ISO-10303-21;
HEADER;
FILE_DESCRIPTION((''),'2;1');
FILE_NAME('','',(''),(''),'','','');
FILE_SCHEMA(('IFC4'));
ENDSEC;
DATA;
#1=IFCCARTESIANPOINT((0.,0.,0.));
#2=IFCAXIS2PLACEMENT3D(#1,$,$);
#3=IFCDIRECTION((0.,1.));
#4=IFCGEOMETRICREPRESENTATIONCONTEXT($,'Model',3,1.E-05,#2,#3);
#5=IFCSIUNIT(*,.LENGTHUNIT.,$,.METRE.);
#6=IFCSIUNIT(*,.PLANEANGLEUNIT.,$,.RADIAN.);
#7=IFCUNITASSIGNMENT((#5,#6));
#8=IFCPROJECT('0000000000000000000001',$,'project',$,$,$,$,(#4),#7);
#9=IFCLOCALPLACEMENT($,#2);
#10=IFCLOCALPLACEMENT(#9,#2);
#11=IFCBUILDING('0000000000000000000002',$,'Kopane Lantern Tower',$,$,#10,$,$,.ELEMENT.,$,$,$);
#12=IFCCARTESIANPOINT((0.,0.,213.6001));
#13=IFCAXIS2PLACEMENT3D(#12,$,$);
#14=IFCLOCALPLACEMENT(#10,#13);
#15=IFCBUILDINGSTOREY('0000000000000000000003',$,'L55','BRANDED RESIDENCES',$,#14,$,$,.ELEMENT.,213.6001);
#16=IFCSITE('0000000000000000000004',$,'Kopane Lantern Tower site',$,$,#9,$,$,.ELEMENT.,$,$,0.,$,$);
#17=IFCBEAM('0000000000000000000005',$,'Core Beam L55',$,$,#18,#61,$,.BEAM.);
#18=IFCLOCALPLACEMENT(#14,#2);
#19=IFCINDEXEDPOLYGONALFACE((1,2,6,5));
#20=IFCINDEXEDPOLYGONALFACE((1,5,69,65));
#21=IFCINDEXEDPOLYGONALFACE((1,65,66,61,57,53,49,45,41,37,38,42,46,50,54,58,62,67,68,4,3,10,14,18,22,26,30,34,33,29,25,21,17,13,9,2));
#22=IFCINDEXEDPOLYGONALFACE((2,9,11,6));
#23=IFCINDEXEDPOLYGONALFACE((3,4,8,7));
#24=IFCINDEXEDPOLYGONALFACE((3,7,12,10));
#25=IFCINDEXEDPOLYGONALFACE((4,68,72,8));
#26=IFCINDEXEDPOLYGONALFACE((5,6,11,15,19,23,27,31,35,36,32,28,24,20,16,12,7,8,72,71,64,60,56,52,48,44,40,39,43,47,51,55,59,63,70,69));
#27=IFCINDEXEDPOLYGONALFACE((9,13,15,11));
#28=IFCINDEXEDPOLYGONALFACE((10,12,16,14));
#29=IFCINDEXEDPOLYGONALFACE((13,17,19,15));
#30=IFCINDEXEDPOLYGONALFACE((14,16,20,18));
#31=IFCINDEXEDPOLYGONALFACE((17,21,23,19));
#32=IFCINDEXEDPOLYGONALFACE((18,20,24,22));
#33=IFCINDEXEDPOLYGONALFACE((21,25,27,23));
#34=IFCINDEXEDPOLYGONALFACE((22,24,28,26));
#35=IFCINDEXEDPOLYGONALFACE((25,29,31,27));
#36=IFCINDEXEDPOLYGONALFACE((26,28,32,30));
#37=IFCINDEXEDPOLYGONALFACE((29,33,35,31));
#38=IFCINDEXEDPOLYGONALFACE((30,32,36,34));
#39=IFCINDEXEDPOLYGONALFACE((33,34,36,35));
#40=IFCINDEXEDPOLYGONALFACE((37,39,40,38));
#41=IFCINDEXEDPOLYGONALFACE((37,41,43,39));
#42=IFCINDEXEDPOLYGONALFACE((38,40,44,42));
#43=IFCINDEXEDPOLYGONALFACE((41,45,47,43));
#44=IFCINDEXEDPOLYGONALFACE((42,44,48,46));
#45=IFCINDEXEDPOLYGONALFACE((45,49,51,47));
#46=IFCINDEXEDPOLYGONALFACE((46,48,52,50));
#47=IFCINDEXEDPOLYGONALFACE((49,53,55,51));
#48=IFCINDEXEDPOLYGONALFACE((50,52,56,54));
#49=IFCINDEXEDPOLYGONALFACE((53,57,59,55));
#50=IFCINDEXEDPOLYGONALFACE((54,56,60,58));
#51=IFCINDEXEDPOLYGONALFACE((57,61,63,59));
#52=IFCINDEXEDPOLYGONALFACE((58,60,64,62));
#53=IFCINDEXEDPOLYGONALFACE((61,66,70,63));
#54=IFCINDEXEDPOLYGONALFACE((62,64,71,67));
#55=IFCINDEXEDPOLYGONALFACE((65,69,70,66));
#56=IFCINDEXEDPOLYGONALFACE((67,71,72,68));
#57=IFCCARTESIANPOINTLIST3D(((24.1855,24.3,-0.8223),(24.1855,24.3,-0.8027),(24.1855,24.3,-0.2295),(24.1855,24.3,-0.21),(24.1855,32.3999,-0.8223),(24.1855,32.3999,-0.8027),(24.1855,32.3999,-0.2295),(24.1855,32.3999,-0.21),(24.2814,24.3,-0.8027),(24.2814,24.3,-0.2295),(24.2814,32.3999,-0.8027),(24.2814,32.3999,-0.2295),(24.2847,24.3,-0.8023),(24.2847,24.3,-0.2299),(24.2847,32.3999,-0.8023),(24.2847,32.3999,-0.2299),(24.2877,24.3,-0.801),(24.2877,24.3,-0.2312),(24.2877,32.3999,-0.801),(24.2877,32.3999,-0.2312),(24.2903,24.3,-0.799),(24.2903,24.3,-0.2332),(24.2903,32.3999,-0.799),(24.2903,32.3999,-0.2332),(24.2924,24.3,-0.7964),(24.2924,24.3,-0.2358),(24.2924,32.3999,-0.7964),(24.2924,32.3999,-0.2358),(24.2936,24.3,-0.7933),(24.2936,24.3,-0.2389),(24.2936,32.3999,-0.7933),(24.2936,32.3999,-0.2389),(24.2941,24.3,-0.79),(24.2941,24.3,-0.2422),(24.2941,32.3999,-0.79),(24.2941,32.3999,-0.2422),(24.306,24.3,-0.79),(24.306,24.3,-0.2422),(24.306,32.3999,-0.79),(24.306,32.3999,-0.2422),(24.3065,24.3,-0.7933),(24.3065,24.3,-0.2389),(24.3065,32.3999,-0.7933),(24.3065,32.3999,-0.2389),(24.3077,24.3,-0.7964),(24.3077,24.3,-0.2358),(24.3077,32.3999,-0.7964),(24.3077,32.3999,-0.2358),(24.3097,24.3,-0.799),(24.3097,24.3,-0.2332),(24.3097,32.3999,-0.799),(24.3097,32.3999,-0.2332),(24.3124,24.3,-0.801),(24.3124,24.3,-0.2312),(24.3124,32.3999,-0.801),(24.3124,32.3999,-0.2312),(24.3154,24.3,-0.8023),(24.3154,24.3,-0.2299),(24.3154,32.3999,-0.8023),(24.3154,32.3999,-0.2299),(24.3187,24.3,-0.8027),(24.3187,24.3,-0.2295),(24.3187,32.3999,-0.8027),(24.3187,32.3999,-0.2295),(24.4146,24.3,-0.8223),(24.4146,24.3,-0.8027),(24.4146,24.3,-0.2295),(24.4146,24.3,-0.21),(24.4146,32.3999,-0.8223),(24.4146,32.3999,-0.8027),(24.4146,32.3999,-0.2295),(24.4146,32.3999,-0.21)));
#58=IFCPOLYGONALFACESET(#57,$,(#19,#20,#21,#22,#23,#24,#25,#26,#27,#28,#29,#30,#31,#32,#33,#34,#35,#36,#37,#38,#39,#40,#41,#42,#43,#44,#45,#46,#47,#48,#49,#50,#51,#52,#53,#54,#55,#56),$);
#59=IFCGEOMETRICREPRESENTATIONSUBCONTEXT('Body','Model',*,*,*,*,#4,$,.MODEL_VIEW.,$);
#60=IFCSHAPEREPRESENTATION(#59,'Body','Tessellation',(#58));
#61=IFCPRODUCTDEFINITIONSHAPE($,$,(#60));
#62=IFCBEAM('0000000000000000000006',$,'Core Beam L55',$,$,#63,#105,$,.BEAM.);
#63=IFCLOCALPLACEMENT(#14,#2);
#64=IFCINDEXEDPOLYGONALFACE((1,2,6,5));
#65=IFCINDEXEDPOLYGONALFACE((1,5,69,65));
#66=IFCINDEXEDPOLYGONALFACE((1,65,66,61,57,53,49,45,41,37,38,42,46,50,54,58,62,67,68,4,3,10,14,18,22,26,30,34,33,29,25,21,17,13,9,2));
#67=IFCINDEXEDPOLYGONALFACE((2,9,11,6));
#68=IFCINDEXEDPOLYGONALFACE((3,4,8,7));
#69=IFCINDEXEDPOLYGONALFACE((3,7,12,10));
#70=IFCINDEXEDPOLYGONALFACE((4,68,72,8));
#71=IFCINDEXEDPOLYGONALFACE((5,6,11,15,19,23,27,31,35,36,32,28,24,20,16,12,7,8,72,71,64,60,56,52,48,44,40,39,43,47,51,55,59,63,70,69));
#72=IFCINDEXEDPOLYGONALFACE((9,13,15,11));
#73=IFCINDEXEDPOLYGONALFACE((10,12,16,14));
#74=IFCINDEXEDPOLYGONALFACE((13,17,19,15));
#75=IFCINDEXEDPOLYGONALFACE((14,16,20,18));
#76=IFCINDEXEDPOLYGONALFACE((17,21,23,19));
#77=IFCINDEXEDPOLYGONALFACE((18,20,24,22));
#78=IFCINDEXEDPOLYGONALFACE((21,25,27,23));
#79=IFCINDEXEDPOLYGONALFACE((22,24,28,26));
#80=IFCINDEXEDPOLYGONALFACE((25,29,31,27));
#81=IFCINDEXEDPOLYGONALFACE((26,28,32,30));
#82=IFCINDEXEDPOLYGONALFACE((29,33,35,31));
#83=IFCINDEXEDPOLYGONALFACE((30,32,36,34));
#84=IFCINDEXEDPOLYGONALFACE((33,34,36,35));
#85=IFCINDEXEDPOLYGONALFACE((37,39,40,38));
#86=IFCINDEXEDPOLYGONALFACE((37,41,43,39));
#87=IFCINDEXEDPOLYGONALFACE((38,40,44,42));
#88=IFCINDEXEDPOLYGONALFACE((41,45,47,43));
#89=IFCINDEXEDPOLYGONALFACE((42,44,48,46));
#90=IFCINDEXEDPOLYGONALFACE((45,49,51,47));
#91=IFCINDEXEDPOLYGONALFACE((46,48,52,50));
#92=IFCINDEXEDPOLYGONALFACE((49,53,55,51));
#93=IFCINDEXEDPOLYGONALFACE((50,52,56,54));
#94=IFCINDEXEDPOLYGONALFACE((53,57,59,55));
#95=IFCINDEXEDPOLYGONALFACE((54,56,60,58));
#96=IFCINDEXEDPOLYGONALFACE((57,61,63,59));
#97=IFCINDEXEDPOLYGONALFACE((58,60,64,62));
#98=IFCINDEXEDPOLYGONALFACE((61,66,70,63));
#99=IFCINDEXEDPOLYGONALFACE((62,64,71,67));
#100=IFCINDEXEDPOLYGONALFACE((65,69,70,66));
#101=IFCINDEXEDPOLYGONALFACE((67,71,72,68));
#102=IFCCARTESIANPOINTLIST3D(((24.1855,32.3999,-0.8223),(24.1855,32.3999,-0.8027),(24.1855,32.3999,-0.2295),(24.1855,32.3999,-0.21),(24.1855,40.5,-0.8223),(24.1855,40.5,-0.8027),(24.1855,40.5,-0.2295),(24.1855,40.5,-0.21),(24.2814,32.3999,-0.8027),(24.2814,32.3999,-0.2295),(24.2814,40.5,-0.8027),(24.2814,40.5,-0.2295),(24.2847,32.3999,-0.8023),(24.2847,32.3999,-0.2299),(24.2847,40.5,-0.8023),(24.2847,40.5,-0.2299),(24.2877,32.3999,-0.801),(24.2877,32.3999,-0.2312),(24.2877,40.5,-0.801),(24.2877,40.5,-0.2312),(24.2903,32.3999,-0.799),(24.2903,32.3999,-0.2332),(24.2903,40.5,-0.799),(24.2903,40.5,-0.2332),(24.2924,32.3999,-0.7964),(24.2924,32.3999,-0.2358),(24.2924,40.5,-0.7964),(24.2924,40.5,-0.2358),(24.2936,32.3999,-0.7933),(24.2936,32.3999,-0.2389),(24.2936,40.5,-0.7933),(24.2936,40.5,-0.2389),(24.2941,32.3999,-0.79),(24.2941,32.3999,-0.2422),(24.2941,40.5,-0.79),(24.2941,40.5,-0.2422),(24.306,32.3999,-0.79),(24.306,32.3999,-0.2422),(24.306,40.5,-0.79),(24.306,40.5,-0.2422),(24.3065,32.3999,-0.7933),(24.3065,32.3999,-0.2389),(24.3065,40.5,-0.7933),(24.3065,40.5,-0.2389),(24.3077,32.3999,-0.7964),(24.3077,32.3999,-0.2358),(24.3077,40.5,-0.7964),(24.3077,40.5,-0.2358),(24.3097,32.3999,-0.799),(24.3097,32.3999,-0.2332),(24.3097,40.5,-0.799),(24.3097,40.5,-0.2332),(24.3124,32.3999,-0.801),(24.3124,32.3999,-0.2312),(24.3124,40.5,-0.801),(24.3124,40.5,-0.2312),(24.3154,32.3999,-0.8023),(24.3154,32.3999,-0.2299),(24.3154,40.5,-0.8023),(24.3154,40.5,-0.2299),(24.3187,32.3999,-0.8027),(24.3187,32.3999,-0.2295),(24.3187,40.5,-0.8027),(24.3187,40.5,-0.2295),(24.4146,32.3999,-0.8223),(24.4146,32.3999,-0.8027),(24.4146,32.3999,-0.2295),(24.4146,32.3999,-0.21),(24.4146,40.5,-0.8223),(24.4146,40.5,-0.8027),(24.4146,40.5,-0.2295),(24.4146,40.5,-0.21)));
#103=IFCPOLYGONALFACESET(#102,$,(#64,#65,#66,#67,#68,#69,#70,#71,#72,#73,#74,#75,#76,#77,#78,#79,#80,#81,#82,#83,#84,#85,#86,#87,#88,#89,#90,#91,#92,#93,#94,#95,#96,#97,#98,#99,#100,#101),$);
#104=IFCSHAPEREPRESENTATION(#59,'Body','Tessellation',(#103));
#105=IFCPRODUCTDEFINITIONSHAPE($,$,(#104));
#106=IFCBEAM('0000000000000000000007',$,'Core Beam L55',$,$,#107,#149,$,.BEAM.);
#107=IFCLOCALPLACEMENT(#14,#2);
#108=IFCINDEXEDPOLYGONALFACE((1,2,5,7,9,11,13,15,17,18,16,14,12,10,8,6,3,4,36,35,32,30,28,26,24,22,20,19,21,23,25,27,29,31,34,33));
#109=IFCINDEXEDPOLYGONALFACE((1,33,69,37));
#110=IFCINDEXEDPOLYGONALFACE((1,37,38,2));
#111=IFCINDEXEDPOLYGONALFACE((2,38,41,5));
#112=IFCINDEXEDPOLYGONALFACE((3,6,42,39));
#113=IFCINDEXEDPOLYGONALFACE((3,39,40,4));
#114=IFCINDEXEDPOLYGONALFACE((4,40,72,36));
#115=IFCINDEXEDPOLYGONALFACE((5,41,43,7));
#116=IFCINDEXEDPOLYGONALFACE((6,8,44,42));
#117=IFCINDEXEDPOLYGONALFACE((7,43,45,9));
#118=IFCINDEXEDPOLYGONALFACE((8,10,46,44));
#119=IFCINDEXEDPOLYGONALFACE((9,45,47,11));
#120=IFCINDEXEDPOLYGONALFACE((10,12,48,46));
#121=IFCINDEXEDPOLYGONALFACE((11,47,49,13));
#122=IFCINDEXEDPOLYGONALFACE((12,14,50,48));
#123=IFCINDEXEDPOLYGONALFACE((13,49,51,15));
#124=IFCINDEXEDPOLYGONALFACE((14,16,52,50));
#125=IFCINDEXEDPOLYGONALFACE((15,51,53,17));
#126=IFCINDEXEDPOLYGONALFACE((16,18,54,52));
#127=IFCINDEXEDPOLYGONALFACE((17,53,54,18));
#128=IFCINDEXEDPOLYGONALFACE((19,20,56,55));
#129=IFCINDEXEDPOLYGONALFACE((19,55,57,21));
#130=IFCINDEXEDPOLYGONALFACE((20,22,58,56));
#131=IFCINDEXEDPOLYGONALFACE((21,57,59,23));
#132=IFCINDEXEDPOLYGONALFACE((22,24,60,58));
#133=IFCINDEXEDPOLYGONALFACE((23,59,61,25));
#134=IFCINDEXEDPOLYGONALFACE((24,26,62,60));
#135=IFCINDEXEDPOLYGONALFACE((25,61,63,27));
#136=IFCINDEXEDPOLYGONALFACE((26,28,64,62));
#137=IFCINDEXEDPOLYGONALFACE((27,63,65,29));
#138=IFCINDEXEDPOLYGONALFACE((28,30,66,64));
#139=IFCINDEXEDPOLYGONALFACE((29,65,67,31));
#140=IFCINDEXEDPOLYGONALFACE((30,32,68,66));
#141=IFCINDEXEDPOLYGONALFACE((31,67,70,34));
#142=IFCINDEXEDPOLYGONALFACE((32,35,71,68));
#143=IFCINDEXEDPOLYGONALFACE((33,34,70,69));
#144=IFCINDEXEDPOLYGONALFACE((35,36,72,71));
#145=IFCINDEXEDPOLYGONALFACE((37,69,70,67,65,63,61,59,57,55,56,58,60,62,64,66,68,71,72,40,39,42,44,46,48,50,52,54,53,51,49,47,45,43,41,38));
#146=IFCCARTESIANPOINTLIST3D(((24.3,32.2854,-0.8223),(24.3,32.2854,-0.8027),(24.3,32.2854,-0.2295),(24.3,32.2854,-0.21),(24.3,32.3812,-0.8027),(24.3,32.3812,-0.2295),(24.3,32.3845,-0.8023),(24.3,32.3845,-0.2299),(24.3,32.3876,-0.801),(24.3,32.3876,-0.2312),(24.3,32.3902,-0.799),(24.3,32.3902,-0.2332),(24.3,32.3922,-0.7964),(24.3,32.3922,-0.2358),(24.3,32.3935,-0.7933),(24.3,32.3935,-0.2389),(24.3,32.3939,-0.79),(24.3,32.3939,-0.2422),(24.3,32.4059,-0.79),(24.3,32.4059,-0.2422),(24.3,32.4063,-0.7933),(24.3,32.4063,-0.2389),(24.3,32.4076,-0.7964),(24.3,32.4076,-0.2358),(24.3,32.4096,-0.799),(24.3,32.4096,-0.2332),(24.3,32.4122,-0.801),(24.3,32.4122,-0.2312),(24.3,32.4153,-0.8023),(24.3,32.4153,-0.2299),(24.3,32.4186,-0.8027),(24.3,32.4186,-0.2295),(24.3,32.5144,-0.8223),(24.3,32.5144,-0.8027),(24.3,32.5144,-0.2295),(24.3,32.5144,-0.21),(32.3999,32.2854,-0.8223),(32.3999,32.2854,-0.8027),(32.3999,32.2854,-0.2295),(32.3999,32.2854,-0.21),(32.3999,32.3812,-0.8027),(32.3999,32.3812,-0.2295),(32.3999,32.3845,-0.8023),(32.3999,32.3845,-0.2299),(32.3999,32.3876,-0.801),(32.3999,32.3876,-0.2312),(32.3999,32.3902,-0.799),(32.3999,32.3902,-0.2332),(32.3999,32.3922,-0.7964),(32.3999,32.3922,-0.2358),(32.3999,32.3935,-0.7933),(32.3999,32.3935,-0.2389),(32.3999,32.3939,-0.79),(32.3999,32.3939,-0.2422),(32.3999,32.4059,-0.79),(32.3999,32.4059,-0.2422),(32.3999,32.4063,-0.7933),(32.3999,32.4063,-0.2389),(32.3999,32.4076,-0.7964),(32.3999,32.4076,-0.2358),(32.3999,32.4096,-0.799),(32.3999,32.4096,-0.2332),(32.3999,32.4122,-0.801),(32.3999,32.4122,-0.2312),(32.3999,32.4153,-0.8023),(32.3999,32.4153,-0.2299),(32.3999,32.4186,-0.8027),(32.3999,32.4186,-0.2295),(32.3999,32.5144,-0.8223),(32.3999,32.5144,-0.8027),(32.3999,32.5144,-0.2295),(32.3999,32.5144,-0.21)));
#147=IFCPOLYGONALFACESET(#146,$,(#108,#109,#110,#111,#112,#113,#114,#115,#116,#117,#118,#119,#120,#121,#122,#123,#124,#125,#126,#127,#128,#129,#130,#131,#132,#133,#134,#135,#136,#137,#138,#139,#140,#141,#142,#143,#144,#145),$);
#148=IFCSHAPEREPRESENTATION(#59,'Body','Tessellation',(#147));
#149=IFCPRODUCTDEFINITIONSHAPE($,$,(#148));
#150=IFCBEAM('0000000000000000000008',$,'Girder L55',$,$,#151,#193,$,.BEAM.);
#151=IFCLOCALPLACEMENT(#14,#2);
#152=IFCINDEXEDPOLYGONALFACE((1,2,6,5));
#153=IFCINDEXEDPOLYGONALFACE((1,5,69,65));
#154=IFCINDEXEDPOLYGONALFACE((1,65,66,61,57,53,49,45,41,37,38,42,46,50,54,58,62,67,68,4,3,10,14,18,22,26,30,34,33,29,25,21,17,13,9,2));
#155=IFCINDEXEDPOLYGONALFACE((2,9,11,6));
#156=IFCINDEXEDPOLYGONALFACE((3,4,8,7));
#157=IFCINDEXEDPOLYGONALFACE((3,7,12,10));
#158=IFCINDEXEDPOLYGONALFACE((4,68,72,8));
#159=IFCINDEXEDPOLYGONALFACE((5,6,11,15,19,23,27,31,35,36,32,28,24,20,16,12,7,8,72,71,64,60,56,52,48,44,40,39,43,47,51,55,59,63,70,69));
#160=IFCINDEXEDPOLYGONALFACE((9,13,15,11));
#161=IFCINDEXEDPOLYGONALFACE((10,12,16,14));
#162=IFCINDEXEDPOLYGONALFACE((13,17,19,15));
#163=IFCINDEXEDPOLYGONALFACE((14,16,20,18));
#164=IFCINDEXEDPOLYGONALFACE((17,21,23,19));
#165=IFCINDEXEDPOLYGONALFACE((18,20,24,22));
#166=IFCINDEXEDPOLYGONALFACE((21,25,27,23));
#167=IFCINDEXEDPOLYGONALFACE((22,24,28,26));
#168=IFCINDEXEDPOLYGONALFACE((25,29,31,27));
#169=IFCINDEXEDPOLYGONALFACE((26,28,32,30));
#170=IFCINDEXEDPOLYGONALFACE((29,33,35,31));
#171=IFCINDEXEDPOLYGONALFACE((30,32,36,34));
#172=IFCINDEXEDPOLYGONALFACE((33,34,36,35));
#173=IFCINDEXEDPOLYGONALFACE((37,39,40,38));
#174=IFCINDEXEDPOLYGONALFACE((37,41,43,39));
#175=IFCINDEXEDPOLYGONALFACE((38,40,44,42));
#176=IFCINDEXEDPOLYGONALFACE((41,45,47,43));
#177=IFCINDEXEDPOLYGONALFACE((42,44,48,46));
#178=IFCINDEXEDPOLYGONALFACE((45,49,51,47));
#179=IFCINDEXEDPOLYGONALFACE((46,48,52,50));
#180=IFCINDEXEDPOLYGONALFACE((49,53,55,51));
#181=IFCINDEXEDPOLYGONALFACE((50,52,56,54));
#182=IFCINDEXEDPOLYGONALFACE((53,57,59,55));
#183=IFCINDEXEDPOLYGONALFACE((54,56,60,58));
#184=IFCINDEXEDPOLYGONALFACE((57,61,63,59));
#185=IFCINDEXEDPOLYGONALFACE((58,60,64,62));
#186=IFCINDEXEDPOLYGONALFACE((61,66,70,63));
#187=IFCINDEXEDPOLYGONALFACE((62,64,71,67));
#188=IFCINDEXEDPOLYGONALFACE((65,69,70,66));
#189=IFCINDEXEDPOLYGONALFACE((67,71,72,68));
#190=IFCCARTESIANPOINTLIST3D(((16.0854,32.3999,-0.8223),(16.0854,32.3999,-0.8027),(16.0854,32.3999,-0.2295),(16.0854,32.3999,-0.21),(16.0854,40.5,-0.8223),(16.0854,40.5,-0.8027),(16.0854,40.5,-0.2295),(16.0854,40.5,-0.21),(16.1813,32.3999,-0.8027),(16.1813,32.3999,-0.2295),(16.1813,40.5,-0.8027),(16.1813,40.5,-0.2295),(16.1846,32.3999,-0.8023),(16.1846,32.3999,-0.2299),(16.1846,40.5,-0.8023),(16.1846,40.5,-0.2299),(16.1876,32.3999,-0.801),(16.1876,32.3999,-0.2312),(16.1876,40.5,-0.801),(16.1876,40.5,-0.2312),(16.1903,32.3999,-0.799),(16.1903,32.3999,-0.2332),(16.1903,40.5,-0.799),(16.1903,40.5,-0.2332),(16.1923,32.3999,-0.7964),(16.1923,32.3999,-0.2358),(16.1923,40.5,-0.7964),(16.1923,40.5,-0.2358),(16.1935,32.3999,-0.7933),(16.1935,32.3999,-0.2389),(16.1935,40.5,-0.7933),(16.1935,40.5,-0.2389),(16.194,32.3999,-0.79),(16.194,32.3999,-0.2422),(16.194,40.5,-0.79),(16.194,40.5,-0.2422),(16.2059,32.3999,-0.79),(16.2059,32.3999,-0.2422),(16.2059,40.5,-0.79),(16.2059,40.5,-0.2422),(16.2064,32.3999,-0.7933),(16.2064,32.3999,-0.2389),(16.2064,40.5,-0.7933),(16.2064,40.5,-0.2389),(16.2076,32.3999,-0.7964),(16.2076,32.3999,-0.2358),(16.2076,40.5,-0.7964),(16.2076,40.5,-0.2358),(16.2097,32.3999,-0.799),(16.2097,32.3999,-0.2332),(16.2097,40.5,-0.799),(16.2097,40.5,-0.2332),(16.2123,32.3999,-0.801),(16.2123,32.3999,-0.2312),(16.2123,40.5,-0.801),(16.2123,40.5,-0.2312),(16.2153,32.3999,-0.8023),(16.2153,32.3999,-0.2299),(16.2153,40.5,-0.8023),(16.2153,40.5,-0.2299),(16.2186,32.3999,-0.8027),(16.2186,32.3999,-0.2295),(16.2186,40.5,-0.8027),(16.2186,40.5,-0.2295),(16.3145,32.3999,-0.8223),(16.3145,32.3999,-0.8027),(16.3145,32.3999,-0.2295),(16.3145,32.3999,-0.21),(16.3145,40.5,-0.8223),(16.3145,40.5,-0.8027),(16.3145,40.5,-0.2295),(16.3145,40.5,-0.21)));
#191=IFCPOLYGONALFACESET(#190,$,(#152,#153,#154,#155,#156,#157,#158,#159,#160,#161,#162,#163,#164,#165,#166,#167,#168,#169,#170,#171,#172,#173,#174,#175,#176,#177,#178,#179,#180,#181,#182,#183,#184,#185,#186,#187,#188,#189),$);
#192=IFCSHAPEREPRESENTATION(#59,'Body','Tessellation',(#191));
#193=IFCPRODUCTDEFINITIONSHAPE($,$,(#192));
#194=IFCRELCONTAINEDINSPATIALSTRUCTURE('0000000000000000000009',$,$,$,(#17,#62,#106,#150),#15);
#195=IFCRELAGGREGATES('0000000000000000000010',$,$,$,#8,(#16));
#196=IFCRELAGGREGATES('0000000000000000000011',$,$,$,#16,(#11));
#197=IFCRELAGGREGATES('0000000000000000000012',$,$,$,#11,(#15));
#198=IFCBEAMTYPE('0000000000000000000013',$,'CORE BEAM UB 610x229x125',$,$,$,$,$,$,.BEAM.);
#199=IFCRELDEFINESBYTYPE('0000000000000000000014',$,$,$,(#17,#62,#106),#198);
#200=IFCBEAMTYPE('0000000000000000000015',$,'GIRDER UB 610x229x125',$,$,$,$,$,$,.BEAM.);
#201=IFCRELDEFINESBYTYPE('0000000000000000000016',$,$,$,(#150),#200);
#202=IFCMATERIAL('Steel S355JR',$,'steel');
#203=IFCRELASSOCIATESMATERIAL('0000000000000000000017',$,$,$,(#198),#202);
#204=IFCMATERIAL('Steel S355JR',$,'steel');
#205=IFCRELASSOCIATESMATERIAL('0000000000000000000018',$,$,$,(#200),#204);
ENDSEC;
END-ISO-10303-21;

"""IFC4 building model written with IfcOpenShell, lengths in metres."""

from ifc_helpers import new_model, si_unit, direction, frame, origin, origin_2d, place, context, subcontext, project, spatial, i_section, extrude, material, material_profile, profile_set, type_object, element, save


model = new_model("IFC4")

# Units and contexts
model_context = context("Model", 3, precision=1e-05, world=origin(), true_north=direction((0.0, 1.0)))
body_context = subcontext(model_context, "Body", "Model", "MODEL_VIEW")
ifc_project = project(units=[si_unit("LENGTHUNIT", "METRE"), si_unit("PLANEANGLEUNIT", "RADIAN")], contexts=[model_context])

# Site, building, storey
site_placement = place(None, origin())
site = spatial("IfcSite", under=ifc_project, at=site_placement, Name="Kopane Lantern Tower site", CompositionType="ELEMENT", RefElevation=0.0)
building_placement = place(site_placement, origin())
building = spatial("IfcBuilding", under=site, at=building_placement, Name="Kopane Lantern Tower", CompositionType="ELEMENT")
storey_placement = place(building_placement, frame((0.0, 0.0, 213.6001)))
storey = spatial("IfcBuildingStorey", under=building, at=storey_placement, Name="L55", Description="BRANDED RESIDENCES", CompositionType="ELEMENT", Elevation=213.6001)

# Beams
ifc_material_1 = material(Name="Steel S355JR", Category="steel")
ifc_material_profile_1 = material_profile(ifc_material_1, i_section(OverallWidth=0.229, OverallDepth=0.6123, WebThickness=0.012, FlangeThickness=0.0195, FilletRadius=0.0127, at=origin_2d()), Name="UB 610x229x125")
ifc_profile_set_1 = profile_set([ifc_material_profile_1], Name="Steel S355JR")
beam_type_1 = type_object("IfcBeamType", Name="CORE BEAM UB 610x229x125", PredefinedType="BEAM", material=ifc_profile_set_1)
beam_1_placement = place(storey_placement, frame((24.3, 24.3, -0.5161), z_axis=(0.0, 1.0, 0.0), x_axis=(-1.0, 0.0, 0.0)))
element("IfcBeam", 1, at=beam_1_placement, inside=storey, type_object=beam_type_1, Name="Core Beam L55", PredefinedType="BEAM", context=body_context, shape_type="SweptSolid", body=[
    extrude(i_section(OverallWidth=0.229, OverallDepth=0.6123, WebThickness=0.012, FlangeThickness=0.0195, FilletRadius=0.0127, at=origin_2d()), origin(), (0.0, 0.0, 1.0), 8.0999),
])
beam_2_placement = place(storey_placement, frame((24.3, 32.3999, -0.5161), z_axis=(0.0, 1.0, 0.0), x_axis=(-1.0, 0.0, 0.0)))
element("IfcBeam", 2, at=beam_2_placement, inside=storey, type_object=beam_type_1, Name="Core Beam L55", PredefinedType="BEAM", context=body_context, shape_type="SweptSolid", body=[
    extrude(i_section(OverallWidth=0.229, OverallDepth=0.6123, WebThickness=0.012, FlangeThickness=0.0195, FilletRadius=0.0127, at=origin_2d()), origin(), (0.0, 0.0, 1.0), 8.1001),
])
beam_3_placement = place(storey_placement, frame((24.3, 32.3999, -0.5161), z_axis=(1.0, 0.0, 0.0), x_axis=(0.0, 1.0, 0.0)))
element("IfcBeam", 3, at=beam_3_placement, inside=storey, type_object=beam_type_1, Name="Core Beam L55", PredefinedType="BEAM", context=body_context, shape_type="SweptSolid", body=[
    extrude(i_section(OverallWidth=0.229, OverallDepth=0.6123, WebThickness=0.012, FlangeThickness=0.0195, FilletRadius=0.0127, at=origin_2d()), origin(), (0.0, 0.0, 1.0), 8.0999),
])
ifc_material_2 = material(Name="Steel S355JR", Category="steel")
ifc_material_profile_2 = material_profile(ifc_material_2, i_section(OverallWidth=0.229, OverallDepth=0.6123, WebThickness=0.012, FlangeThickness=0.0195, FilletRadius=0.0127, at=origin_2d()), Name="UB 610x229x125")
ifc_profile_set_2 = profile_set([ifc_material_profile_2], Name="Steel S355JR")
beam_type_2 = type_object("IfcBeamType", Name="GIRDER UB 610x229x125", PredefinedType="BEAM", material=ifc_profile_set_2)
beam_4_placement = place(storey_placement, frame((16.2, 32.3999, -0.5161), z_axis=(0.0, 1.0, 0.0), x_axis=(-1.0, 0.0, 0.0)))
element("IfcBeam", 4, at=beam_4_placement, inside=storey, type_object=beam_type_2, Name="Girder L55", PredefinedType="BEAM", context=body_context, shape_type="SweptSolid", body=[
    extrude(i_section(OverallWidth=0.229, OverallDepth=0.6123, WebThickness=0.012, FlangeThickness=0.0195, FilletRadius=0.0127, at=origin_2d()), origin(), (0.0, 0.0, 1.0), 8.1001),
])

save(model, "model.ifc")
